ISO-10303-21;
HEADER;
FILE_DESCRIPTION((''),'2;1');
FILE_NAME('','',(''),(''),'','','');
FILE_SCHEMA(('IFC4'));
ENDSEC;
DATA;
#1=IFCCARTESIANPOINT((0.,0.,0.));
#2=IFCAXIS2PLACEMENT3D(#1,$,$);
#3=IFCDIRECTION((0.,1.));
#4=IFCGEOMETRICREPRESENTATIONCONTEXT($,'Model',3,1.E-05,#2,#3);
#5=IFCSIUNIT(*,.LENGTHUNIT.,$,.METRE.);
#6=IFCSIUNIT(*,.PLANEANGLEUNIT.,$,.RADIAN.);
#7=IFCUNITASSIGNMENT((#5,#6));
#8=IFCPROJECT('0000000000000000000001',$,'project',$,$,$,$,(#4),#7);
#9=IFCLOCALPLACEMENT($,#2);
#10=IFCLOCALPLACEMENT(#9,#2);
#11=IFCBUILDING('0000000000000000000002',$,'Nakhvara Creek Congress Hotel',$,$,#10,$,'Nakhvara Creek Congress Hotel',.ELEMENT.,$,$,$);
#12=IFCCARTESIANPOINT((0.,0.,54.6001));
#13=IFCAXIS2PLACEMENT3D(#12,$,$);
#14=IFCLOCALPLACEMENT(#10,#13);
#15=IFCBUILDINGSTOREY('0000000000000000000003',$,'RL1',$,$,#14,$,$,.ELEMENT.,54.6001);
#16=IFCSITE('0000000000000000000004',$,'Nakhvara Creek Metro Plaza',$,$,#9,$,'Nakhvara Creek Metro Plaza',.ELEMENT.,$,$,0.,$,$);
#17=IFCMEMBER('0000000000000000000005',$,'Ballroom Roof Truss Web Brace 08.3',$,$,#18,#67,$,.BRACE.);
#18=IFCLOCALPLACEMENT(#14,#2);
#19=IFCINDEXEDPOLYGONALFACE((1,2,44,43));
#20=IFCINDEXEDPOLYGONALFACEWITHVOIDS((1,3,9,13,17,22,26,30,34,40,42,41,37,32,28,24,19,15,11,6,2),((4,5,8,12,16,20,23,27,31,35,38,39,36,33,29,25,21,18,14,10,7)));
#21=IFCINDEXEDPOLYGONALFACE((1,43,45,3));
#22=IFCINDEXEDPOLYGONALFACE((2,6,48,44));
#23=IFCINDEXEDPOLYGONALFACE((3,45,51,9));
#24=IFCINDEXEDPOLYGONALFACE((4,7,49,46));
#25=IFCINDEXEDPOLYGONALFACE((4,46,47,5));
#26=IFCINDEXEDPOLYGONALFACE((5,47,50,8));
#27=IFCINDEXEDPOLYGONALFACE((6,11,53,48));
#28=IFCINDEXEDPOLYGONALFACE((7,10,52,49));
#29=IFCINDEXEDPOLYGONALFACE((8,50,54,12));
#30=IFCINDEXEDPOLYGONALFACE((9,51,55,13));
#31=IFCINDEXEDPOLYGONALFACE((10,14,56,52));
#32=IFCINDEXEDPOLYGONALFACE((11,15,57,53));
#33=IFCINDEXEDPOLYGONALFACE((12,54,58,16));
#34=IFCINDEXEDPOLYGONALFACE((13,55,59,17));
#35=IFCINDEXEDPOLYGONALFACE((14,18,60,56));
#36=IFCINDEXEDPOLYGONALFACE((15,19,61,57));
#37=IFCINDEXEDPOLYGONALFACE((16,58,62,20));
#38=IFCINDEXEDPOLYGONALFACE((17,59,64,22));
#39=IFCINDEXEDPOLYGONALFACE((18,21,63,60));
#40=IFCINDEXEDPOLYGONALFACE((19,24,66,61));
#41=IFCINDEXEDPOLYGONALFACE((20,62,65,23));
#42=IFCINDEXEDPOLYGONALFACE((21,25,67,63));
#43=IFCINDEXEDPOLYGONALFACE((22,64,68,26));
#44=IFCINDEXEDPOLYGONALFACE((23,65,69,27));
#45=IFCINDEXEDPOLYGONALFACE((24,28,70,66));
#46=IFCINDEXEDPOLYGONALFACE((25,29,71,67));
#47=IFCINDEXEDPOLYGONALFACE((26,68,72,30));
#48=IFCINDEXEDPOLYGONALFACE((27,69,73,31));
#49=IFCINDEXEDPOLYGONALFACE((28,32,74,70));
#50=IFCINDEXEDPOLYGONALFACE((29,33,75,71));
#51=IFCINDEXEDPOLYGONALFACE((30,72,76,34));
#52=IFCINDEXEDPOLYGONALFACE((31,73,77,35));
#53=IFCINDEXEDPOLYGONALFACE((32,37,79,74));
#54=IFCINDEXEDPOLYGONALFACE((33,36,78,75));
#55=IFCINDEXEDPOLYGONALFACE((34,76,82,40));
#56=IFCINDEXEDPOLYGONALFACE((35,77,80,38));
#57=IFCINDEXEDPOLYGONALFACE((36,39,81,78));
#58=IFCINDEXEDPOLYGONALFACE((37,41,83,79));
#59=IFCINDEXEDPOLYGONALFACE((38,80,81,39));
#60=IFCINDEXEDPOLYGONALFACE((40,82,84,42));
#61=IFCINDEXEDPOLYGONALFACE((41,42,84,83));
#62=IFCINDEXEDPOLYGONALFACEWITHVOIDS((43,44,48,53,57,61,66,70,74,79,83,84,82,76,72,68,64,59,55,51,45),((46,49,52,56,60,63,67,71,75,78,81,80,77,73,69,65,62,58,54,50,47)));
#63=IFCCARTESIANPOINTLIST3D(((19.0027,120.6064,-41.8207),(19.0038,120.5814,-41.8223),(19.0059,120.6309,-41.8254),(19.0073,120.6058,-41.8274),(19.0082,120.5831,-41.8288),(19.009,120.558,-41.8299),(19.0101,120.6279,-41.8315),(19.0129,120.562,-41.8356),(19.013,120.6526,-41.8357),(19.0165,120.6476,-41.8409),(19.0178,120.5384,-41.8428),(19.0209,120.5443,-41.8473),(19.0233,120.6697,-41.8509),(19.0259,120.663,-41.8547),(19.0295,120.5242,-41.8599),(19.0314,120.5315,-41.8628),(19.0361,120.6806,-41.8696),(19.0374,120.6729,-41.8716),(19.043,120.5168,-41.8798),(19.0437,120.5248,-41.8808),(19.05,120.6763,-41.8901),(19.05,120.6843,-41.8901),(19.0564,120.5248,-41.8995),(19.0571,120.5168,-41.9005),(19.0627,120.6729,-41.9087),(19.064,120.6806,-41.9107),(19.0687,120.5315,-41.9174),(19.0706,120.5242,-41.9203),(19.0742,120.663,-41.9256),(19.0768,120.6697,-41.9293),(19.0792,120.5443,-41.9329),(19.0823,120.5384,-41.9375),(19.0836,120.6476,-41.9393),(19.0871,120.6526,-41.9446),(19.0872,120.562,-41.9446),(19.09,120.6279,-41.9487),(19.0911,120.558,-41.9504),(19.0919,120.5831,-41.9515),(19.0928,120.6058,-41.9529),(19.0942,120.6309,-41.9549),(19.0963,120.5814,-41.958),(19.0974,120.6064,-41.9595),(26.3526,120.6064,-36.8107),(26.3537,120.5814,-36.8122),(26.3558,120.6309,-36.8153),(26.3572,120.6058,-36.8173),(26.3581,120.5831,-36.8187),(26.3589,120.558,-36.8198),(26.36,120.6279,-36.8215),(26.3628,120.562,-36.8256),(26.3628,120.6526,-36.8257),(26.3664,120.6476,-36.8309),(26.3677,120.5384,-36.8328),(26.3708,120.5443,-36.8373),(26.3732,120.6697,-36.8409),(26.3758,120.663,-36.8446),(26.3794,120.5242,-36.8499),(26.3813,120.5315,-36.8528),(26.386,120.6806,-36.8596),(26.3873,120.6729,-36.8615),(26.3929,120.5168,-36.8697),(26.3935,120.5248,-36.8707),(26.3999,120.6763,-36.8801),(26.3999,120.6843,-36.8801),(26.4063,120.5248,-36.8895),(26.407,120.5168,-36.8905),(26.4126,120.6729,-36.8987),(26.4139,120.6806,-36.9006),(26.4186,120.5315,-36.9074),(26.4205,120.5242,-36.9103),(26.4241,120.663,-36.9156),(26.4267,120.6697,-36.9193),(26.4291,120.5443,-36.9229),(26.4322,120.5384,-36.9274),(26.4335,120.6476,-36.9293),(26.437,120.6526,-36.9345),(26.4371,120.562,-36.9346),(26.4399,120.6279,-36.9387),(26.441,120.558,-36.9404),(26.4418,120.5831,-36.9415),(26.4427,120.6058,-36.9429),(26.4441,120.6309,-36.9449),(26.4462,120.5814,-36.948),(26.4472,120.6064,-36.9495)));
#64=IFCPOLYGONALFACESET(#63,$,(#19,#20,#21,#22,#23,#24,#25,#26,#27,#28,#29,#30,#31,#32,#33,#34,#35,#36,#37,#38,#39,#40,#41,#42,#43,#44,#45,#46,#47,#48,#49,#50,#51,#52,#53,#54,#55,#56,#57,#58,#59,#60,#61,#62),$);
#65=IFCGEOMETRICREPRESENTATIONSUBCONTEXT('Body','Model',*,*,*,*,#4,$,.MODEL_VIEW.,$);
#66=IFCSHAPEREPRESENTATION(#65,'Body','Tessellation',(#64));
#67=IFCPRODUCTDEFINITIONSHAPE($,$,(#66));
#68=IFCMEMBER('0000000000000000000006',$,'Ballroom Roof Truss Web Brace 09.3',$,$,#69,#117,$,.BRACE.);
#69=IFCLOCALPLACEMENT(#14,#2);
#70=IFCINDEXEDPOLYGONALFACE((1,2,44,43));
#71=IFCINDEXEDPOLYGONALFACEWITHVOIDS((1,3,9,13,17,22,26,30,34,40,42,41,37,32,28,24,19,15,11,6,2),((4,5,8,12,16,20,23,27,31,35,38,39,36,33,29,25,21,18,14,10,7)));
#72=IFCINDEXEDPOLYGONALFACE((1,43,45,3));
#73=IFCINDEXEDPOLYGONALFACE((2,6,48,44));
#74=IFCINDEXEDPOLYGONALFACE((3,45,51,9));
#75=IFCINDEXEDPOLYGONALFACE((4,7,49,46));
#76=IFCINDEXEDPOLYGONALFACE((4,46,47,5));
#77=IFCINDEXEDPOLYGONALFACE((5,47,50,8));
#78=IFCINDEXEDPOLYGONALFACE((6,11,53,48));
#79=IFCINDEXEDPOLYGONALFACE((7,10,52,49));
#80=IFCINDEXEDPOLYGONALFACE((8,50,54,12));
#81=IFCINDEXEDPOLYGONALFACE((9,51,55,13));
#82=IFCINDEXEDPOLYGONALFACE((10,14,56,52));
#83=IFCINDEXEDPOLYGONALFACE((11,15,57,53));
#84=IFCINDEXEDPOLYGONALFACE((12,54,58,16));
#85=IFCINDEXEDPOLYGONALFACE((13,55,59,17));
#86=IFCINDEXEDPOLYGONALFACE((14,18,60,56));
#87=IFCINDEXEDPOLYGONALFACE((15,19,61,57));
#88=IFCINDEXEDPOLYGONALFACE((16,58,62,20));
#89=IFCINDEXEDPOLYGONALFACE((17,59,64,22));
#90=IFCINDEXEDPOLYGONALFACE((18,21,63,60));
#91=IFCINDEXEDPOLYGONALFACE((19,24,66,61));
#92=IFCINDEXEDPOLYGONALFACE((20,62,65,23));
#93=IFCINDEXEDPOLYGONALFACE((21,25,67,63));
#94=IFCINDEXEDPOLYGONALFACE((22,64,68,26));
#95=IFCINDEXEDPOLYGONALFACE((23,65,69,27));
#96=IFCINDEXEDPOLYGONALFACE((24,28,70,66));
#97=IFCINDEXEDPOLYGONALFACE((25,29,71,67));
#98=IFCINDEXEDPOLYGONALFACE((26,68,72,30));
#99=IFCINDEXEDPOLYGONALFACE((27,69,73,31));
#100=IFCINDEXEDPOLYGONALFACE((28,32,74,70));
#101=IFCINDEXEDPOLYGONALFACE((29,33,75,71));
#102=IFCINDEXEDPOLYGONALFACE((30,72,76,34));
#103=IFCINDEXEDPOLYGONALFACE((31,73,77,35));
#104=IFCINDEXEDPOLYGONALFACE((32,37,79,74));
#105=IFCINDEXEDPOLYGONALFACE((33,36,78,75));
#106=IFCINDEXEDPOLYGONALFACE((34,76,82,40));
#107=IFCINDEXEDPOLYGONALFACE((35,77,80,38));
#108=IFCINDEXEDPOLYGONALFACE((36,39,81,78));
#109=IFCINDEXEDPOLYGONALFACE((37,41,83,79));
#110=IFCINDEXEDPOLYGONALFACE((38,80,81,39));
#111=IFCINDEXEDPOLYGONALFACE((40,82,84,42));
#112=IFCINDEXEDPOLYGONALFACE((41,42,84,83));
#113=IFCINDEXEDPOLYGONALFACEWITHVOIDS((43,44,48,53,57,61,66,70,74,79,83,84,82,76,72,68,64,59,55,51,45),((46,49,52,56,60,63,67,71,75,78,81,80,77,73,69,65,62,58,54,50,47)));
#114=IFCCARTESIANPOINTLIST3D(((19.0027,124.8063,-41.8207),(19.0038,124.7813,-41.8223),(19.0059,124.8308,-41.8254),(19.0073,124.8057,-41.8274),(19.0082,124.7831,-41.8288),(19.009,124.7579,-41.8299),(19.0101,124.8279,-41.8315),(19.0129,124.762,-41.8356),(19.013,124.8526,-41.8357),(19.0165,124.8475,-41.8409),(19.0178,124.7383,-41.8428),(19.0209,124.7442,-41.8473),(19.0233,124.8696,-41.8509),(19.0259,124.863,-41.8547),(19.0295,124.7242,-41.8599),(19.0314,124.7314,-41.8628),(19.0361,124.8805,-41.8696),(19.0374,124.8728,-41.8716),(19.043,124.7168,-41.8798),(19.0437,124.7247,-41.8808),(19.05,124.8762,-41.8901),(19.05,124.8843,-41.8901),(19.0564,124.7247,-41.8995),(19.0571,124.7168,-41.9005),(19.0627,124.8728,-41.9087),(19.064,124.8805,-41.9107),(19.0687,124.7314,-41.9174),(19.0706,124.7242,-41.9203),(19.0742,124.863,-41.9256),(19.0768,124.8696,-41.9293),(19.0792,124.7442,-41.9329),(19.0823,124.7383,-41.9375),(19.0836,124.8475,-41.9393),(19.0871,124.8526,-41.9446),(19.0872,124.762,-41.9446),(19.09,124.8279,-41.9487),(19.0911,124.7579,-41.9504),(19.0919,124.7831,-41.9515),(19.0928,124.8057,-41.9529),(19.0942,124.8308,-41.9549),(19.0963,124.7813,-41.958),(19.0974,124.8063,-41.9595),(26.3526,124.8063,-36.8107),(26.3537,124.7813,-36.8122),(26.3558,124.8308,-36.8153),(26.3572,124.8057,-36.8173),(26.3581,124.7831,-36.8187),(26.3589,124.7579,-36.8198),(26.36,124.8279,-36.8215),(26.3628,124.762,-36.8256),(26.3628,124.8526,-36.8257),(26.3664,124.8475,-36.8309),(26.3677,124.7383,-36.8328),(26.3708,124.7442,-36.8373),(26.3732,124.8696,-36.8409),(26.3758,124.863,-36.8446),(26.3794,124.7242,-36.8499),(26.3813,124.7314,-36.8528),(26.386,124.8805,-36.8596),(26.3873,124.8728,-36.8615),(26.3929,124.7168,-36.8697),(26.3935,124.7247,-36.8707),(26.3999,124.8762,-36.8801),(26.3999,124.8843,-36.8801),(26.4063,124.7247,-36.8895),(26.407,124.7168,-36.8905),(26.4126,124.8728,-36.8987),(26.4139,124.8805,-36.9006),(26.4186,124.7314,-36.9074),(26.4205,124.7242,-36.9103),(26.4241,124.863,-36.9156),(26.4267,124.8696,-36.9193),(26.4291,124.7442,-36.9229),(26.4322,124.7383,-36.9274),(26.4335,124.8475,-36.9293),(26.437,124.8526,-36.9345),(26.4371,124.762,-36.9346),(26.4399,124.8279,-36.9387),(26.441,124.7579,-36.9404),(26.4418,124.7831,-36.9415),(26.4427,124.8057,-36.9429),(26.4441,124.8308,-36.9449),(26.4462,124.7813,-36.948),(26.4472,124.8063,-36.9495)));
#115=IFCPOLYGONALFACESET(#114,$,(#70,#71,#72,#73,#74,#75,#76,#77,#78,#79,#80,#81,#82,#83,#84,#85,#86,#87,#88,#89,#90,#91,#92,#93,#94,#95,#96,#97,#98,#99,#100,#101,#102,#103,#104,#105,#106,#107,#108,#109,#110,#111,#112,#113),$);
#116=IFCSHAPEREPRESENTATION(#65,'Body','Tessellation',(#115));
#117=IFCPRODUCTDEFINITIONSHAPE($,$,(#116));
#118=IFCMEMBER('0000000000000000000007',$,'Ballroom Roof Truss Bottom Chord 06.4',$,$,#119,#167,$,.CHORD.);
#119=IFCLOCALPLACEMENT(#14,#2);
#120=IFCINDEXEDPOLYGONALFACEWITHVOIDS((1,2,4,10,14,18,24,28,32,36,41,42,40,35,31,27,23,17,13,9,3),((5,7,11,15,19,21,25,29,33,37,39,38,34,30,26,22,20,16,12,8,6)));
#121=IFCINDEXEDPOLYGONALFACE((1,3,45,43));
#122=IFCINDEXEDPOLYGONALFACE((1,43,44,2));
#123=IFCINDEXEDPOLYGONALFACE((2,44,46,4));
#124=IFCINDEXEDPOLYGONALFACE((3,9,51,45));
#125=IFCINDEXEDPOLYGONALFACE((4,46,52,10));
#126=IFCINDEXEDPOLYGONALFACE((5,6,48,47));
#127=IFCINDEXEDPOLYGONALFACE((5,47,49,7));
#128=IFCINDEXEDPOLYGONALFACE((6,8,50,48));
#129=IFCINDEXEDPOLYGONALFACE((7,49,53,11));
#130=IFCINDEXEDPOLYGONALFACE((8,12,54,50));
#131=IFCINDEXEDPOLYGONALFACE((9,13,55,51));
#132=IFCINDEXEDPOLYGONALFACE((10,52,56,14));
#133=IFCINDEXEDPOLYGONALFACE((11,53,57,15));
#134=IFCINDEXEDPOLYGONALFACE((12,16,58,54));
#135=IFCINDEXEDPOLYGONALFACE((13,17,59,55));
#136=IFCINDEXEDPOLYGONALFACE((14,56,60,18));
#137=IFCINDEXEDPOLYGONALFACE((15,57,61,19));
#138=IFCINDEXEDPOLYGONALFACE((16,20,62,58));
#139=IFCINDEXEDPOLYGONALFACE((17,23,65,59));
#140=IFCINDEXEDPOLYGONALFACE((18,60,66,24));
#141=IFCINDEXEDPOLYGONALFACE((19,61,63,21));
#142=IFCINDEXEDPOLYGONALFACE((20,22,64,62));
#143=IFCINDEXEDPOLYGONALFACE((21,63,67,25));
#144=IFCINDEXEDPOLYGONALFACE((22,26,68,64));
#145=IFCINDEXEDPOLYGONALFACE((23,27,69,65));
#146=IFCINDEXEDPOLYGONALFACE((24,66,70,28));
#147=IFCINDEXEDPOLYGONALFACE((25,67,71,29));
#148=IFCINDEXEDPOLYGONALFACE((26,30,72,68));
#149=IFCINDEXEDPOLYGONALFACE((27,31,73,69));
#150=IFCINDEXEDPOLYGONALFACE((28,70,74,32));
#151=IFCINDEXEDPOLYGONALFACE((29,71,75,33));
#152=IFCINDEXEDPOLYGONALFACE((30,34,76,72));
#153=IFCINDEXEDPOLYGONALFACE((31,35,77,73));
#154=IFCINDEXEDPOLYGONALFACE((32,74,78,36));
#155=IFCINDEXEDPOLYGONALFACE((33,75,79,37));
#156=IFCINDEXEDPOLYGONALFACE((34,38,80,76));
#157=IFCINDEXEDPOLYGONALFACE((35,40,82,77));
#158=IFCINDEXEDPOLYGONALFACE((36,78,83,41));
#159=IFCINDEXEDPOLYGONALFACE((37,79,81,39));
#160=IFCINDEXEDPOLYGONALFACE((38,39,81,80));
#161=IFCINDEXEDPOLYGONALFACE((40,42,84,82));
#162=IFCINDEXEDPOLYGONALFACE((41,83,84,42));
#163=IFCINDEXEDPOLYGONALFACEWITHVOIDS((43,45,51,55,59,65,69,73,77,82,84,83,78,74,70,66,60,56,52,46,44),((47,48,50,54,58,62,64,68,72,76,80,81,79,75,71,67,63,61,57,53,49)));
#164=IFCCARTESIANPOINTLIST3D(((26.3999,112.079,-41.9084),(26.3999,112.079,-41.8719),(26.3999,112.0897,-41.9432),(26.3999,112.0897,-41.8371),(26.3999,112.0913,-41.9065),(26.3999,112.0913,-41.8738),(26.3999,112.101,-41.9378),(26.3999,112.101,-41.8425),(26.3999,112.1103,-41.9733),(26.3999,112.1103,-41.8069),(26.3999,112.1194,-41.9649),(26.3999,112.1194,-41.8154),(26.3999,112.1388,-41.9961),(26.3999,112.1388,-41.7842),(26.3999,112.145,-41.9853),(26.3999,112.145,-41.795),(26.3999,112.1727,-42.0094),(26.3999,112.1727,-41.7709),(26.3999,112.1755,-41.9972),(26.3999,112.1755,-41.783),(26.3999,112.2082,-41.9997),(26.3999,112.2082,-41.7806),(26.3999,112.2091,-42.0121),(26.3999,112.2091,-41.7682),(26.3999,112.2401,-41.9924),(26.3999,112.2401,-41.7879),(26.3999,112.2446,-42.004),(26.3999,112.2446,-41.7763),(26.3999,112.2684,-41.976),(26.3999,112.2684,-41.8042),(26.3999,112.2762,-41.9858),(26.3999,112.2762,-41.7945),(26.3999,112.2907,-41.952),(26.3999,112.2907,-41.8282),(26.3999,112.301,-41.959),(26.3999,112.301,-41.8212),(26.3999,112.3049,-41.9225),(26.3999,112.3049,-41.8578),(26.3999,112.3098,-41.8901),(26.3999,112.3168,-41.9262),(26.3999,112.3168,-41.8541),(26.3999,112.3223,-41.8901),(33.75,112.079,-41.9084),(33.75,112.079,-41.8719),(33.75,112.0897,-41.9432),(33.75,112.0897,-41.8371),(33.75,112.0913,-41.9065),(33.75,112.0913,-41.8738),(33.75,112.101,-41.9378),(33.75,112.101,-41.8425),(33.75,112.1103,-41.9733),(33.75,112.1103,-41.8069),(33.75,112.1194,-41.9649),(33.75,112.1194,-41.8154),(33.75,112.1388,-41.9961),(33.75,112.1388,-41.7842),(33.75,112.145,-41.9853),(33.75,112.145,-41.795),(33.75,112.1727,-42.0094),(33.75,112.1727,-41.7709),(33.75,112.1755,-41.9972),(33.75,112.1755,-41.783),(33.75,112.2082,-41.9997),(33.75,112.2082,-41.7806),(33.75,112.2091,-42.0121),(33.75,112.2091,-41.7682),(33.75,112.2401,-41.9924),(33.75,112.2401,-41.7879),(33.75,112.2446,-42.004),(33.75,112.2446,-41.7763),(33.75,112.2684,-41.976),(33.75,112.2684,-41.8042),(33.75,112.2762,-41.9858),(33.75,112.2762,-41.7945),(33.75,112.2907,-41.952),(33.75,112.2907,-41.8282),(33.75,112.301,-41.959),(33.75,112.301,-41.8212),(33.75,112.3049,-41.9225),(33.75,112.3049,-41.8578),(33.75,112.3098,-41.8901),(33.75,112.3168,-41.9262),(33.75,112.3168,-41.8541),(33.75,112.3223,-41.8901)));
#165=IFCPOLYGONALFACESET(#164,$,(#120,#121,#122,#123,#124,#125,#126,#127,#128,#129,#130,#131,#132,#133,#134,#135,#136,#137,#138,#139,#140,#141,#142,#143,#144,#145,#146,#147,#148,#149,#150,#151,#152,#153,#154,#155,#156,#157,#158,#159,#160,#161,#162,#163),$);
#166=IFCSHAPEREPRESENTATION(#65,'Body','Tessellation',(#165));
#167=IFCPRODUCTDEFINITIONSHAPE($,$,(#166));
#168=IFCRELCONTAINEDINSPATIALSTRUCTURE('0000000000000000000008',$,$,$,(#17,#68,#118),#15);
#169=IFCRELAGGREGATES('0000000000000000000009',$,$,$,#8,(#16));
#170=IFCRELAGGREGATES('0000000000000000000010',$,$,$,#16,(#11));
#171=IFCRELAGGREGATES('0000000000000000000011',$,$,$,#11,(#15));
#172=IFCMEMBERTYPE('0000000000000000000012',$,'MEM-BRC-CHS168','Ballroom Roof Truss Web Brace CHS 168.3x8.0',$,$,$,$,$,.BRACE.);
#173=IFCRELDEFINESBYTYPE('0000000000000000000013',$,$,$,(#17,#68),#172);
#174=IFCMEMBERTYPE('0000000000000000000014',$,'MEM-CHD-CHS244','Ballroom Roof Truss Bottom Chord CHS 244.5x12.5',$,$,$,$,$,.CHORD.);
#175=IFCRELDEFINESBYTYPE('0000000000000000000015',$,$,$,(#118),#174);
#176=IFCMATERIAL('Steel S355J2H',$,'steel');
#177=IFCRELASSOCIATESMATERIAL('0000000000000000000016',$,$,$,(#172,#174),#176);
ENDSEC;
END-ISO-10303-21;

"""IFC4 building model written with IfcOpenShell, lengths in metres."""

from ifc_helpers import new_model, si_unit, direction, frame, origin, origin_2d, place, context, subcontext, project, spatial, hollow_circle, extrude, material, material_profile, profile_set, type_object, element, save


model = new_model("IFC4")

# Units and contexts
model_context = context("Model", 3, precision=1e-05, world=origin(), true_north=direction((0.0, 1.0)))
body_context = subcontext(model_context, "Body", "Model", "MODEL_VIEW")
ifc_project = project(units=[si_unit("LENGTHUNIT", "METRE"), si_unit("PLANEANGLEUNIT", "RADIAN")], contexts=[model_context])

# Site, building, storey
site_placement = place(None, origin())
site = spatial("IfcSite", under=ifc_project, at=site_placement, Name="Nakhvara Creek Metro Plaza", LongName="Nakhvara Creek Metro Plaza", CompositionType="ELEMENT", RefElevation=0.0)
building_placement = place(site_placement, origin())
building = spatial("IfcBuilding", under=site, at=building_placement, Name="Nakhvara Creek Congress Hotel", LongName="Nakhvara Creek Congress Hotel", CompositionType="ELEMENT")
storey_placement = place(building_placement, frame((0.0, 0.0, 54.6001)))
storey = spatial("IfcBuildingStorey", under=building, at=storey_placement, Name="RL1", CompositionType="ELEMENT", Elevation=54.6001)

# Members
ifc_material_1 = material(Name="Steel S355J2H", Category="steel")
ifc_material_profile_1 = material_profile(ifc_material_1, hollow_circle(Radius=0.0842, WallThickness=0.0081, at=origin_2d()), Name="CHS 168.3x8.0", Category="LoadBearing")
ifc_profile_set_1 = profile_set([ifc_material_profile_1], Name="Steel S355J2H")
member_type_1 = type_object("IfcMemberType", Name="MEM-BRC-CHS168", Description="Ballroom Roof Truss Web Brace CHS 168.3x8.0", PredefinedType="BRACE", material=ifc_profile_set_1)
for number, where, z_axis, x_axis, name in (
    (1, (19.05, 120.6001, -41.8901), (0.826293, 0.0, 0.563241), (0.0, 1.0, 0.0), "Ballroom Roof Truss Web Brace 08.3"),
    (2, (19.05, 124.8, -41.8901), (0.826293, 0.0, 0.563241), (0.0, 1.0, 0.0), "Ballroom Roof Truss Web Brace 09.3"),
):
    element("IfcMember", number, at=place(storey_placement, frame(where, z_axis=z_axis, x_axis=x_axis)), inside=storey, type_object=member_type_1, Name=name, PredefinedType="BRACE", context=body_context, shape_type="SweptSolid", body=[
        extrude(hollow_circle(Radius=0.0842, WallThickness=0.0081, at=origin_2d()), origin(), (0.0, 0.0, 1.0), 8.895),
    ])
ifc_material_profile_2 = material_profile(ifc_material_1, hollow_circle(Radius=0.1223, WallThickness=0.0125, at=origin_2d()), Name="CHS 244.5x12.5", Category="LoadBearing")
ifc_profile_set_2 = profile_set([ifc_material_profile_2], Name="Steel S355J2H")
member_type_2 = type_object("IfcMemberType", Name="MEM-CHD-CHS244", Description="Ballroom Roof Truss Bottom Chord CHS 244.5x12.5", PredefinedType="CHORD", material=ifc_profile_set_2)
member_1_placement = place(storey_placement, frame((26.3999, 112.2, -41.8901), z_axis=(1.0, 0.0, 0.0), x_axis=(0.0, 1.0, 0.0)))
element("IfcMember", 3, at=member_1_placement, inside=storey, type_object=member_type_2, Name="Ballroom Roof Truss Bottom Chord 06.4", PredefinedType="CHORD", context=body_context, shape_type="SweptSolid", body=[
    extrude(hollow_circle(Radius=0.1223, WallThickness=0.0125, at=origin_2d()), origin(), (0.0, 0.0, 1.0), 7.3501),
])

save(model, "model.ifc")
